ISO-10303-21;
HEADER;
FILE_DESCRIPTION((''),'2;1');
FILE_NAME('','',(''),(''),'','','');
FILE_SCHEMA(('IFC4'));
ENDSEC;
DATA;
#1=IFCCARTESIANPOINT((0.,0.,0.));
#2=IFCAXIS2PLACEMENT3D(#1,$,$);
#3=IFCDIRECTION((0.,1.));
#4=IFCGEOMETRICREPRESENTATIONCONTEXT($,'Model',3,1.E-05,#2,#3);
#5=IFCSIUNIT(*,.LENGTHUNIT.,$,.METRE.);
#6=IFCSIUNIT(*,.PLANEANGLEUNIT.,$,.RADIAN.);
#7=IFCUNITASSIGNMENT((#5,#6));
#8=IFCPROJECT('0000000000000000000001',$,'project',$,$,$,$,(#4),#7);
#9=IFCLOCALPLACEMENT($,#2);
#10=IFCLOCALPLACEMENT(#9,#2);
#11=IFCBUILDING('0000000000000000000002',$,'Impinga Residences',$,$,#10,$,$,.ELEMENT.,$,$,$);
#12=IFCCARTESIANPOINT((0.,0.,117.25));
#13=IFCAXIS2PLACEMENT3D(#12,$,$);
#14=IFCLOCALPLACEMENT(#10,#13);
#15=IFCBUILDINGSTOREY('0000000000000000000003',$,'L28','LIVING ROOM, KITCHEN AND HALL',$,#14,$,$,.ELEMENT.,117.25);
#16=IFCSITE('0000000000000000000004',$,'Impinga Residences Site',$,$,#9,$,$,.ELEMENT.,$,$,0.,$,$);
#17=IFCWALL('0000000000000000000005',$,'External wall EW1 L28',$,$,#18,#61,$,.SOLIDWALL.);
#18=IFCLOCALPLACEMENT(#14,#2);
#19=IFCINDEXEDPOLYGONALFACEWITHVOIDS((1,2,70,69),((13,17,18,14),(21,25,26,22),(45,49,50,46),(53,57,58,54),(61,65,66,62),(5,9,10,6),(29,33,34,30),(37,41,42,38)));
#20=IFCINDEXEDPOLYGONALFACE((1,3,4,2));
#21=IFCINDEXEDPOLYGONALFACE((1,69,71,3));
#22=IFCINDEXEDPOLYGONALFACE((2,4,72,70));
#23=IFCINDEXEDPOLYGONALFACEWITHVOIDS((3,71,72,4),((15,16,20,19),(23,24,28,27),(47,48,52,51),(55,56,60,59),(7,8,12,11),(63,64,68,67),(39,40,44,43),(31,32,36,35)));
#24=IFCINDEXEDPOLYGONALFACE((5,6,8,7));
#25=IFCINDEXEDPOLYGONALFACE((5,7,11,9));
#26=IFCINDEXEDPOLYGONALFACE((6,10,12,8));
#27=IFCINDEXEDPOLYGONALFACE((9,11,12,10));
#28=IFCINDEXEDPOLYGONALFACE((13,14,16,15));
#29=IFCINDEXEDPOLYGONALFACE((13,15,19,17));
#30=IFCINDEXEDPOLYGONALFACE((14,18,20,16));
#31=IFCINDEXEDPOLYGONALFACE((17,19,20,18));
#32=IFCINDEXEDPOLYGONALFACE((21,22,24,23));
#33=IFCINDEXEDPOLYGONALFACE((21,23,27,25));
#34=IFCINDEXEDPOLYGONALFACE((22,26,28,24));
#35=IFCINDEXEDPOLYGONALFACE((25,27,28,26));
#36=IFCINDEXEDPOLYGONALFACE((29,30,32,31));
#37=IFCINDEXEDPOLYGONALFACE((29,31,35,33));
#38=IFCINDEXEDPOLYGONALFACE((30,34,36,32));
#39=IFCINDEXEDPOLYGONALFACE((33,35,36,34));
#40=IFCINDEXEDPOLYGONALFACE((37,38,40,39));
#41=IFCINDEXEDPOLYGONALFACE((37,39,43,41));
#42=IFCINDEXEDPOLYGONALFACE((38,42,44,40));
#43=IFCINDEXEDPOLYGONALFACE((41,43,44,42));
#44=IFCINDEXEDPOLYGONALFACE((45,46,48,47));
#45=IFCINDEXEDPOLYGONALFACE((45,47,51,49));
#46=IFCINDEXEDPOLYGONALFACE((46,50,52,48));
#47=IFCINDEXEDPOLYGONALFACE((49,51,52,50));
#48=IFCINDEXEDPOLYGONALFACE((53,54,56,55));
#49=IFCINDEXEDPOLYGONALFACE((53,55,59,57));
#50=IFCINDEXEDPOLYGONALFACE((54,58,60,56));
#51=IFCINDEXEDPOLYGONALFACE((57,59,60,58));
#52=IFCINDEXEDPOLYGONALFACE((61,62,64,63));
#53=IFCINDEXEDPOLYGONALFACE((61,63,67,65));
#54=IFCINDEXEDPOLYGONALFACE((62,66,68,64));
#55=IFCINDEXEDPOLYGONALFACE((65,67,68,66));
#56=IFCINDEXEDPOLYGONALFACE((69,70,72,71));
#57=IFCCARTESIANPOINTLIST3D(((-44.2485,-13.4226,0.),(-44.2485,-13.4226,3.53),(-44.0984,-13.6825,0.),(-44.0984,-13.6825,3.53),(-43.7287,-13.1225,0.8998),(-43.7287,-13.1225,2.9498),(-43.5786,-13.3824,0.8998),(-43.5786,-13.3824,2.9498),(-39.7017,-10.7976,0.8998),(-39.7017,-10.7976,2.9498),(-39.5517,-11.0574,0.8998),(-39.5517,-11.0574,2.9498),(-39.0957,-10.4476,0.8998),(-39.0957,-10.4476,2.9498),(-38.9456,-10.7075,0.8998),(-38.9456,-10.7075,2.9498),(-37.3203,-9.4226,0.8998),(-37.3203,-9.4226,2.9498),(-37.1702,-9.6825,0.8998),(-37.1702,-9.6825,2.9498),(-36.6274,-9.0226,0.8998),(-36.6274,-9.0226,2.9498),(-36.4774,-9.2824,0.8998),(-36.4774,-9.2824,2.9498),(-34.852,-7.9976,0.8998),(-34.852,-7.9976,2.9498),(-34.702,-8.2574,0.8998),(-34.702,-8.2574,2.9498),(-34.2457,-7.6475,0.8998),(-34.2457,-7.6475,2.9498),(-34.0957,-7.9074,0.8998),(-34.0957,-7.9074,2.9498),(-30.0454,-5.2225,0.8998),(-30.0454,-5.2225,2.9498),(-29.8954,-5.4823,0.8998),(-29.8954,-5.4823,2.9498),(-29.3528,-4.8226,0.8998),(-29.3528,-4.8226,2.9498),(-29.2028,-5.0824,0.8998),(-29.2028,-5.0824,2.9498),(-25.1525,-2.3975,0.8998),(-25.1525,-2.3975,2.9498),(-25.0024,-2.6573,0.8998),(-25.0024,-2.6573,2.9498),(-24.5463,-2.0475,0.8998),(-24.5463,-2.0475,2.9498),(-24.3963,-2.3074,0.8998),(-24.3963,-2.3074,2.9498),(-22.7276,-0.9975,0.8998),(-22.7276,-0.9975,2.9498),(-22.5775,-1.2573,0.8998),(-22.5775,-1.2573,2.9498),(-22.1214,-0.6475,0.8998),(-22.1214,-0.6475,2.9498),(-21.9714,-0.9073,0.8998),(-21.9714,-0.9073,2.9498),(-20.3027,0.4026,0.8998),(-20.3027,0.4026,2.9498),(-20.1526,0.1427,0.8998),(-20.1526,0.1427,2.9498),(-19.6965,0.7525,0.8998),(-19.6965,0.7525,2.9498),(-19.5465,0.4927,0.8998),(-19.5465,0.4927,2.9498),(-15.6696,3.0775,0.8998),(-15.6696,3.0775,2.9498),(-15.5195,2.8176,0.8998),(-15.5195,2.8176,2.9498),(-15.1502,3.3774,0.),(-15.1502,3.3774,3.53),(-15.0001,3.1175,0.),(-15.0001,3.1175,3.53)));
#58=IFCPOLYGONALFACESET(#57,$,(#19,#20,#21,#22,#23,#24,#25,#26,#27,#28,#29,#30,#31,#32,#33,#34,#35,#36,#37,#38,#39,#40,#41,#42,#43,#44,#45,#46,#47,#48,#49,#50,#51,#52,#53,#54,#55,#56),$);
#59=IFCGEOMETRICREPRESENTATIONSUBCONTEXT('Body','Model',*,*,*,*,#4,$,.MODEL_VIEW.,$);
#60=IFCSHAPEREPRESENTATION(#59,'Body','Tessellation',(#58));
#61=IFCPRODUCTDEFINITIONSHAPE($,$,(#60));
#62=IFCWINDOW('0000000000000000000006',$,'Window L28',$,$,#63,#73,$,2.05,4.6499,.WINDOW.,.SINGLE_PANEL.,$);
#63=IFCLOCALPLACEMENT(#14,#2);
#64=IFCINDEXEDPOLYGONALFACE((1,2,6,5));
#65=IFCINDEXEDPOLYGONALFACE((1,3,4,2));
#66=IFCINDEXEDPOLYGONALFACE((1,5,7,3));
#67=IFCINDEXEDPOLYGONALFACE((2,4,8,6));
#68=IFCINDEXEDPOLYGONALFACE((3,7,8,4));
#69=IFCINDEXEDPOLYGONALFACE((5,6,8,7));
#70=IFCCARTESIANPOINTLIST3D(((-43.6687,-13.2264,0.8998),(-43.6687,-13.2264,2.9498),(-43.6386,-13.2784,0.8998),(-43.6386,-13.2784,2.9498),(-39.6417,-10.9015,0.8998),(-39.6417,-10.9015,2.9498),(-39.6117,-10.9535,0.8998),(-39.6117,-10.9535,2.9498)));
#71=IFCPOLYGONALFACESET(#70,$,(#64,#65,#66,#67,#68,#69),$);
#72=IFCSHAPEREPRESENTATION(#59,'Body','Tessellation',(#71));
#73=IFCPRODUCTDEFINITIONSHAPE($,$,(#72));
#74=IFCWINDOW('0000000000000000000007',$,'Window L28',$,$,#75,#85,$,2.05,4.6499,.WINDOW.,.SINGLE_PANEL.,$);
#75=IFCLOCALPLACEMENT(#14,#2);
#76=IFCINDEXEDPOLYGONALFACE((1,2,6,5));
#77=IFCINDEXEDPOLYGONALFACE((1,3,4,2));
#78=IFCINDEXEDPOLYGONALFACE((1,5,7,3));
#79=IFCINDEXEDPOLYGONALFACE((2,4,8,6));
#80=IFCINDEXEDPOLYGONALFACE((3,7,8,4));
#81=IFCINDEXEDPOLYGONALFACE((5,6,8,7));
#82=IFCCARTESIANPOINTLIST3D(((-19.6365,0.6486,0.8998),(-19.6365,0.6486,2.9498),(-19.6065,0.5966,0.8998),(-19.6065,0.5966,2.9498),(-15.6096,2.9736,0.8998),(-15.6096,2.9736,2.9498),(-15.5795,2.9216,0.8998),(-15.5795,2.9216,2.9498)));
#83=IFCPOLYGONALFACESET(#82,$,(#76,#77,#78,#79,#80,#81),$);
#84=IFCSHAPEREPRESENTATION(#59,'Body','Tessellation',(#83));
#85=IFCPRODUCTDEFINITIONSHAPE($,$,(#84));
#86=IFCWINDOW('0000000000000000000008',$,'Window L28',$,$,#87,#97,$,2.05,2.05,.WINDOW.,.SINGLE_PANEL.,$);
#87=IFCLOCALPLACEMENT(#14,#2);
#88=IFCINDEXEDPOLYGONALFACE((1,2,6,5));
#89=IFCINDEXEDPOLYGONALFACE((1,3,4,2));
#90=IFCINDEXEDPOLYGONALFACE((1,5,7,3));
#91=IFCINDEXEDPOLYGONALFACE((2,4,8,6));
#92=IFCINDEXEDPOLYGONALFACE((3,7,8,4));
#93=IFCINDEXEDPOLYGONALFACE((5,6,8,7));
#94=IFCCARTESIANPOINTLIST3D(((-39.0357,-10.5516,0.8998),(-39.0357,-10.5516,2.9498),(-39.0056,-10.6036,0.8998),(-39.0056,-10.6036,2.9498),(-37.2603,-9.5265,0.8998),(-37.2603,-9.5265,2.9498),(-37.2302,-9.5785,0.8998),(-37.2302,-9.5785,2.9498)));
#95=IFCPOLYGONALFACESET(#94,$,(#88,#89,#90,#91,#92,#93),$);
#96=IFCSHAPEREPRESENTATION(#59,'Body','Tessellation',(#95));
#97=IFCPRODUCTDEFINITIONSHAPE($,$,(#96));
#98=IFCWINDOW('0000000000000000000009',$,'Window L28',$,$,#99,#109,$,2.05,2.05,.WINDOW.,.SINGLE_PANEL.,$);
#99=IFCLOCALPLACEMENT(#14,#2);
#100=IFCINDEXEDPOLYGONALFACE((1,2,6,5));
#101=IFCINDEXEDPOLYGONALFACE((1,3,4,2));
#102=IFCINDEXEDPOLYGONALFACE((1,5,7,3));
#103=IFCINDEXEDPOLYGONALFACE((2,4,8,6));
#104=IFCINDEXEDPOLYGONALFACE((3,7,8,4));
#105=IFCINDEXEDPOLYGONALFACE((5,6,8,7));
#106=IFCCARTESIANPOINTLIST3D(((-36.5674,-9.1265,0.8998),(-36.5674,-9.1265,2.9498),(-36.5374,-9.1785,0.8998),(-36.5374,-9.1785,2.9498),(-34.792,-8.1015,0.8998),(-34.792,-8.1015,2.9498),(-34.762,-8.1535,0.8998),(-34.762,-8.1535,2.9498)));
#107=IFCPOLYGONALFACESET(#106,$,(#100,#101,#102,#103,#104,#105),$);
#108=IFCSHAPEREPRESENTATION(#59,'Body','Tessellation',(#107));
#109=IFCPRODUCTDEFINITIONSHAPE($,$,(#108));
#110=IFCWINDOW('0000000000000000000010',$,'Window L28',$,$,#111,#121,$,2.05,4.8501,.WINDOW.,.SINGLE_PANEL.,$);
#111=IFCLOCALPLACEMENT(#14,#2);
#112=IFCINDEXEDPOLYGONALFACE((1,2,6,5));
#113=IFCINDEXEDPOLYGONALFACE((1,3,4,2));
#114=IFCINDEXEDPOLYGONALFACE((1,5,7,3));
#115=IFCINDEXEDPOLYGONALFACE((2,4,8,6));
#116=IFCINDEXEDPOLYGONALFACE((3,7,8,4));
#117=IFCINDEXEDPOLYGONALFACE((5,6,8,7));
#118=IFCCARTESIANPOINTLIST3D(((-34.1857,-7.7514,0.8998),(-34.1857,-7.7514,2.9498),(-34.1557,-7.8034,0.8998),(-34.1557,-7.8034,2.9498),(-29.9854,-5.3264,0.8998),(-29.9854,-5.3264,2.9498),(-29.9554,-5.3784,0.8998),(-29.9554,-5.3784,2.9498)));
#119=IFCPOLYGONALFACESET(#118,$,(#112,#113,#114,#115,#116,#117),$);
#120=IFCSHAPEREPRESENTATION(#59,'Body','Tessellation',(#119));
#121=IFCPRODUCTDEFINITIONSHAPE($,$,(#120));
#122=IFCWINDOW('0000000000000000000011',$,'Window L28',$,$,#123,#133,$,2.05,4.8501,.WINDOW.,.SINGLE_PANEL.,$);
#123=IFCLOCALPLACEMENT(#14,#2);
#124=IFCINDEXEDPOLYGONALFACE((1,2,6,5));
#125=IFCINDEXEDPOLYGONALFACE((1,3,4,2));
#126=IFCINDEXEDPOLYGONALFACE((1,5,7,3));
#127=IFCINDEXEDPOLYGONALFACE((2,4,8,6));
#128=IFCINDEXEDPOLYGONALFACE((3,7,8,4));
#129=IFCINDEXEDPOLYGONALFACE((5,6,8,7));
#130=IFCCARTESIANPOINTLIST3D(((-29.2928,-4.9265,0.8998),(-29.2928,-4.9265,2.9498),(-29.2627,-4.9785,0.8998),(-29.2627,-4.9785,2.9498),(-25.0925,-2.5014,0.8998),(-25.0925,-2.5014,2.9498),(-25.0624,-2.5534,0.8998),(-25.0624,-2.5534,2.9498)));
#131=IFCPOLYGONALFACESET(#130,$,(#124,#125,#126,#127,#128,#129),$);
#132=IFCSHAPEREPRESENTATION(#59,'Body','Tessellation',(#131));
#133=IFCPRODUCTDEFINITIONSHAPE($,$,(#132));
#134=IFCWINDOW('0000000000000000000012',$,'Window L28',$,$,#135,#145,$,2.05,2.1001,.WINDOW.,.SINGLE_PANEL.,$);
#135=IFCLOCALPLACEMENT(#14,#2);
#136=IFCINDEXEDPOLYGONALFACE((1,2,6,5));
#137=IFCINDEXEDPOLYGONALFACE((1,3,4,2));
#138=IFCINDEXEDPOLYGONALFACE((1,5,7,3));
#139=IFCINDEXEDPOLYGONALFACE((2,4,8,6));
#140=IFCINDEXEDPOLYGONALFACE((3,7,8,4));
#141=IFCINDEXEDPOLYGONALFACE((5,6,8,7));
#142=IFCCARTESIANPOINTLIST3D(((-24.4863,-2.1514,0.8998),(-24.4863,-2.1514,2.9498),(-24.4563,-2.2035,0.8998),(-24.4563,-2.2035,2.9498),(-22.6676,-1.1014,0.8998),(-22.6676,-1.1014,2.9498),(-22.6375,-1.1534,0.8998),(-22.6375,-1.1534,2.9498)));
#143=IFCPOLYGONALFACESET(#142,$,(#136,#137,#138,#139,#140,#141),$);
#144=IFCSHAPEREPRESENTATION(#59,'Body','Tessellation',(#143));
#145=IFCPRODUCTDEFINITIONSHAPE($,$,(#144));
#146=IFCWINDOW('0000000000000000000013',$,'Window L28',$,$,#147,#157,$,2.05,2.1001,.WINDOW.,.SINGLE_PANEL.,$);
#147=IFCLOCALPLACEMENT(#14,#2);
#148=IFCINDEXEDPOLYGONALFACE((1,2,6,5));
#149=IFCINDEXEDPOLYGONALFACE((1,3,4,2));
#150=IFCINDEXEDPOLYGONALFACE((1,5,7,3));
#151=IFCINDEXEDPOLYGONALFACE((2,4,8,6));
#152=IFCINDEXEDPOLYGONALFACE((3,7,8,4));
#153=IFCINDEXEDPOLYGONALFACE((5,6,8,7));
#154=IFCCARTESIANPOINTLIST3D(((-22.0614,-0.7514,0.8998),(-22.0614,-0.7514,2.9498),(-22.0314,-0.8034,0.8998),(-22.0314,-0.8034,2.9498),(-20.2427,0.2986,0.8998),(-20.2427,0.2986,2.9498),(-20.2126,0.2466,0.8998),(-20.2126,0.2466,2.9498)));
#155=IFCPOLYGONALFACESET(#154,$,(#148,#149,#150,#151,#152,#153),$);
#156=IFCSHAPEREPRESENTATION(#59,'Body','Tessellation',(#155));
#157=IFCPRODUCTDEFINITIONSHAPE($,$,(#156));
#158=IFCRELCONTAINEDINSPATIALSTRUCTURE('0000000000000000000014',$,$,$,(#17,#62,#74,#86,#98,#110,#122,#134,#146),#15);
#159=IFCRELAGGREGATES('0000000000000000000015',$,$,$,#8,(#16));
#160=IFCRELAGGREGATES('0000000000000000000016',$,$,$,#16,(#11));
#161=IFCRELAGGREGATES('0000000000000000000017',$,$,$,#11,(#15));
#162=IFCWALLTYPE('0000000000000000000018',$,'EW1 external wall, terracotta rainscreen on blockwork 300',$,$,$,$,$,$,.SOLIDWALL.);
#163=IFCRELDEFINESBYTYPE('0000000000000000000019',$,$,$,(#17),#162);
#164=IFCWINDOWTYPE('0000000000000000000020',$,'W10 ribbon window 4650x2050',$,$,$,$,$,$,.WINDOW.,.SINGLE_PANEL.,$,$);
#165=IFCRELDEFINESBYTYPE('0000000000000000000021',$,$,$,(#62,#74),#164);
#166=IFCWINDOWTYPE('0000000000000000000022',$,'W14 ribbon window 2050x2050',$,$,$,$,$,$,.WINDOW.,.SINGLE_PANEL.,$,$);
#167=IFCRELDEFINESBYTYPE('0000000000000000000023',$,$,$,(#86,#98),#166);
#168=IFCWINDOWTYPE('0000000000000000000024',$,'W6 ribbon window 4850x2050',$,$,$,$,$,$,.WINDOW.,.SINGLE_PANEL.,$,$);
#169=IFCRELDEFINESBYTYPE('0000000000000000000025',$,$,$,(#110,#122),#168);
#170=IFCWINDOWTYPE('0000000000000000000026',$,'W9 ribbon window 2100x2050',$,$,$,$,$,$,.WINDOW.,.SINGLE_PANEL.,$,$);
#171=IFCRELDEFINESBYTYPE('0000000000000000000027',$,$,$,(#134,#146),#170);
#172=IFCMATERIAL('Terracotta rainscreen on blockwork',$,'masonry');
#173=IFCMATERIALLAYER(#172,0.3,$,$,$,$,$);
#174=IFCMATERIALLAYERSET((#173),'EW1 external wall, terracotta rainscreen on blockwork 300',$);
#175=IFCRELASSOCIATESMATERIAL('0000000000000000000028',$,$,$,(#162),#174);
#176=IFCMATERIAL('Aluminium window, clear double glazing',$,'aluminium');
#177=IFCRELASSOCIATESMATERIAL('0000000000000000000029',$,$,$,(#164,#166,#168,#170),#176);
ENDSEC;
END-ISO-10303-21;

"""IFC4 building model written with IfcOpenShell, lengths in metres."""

from ifc_helpers import new_model, si_unit, direction, frame, frame_2d, origin, place, context, subcontext, project, spatial, rectangle, extrude, material, layer, layer_set, type_object, element, fill, save


model = new_model("IFC4")

# Units and contexts
model_context = context("Model", 3, precision=1e-05, world=origin(), true_north=direction((0.0, 1.0)))
body_context = subcontext(model_context, "Body", "Model", "MODEL_VIEW")
ifc_project = project(units=[si_unit("LENGTHUNIT", "METRE"), si_unit("PLANEANGLEUNIT", "RADIAN")], contexts=[model_context])

# Site, building, storey
site_placement = place(None, origin())
site = spatial("IfcSite", under=ifc_project, at=site_placement, Name="Impinga Residences Site", CompositionType="ELEMENT", RefElevation=0.0)
building_placement = place(site_placement, origin())
building = spatial("IfcBuilding", under=site, at=building_placement, Name="Impinga Residences", CompositionType="ELEMENT")
storey_placement = place(building_placement, frame((0.0, 0.0, 117.25)))
storey = spatial("IfcBuildingStorey", under=building, at=storey_placement, Name="L28", Description="LIVING ROOM, KITCHEN AND HALL", CompositionType="ELEMENT", Elevation=117.25)

# Shared definitions
ifc_material_1 = material(Name="Terracotta rainscreen on blockwork", Category="masonry")
ifc_layer_1 = layer(ifc_material_1, 0.3)
ifc_layer_set_1 = layer_set([ifc_layer_1], Name="EW1 external wall, terracotta rainscreen on blockwork 300")
wall_type_1 = type_object("IfcWallType", Name="EW1 external wall, terracotta rainscreen on blockwork 300", PredefinedType="SOLIDWALL", material=ifc_layer_set_1)

# Wall, openings, windows
wall_1_placement = place(storey_placement, frame((-44.1733, -13.5525, 0.0), z_axis=(0.0, 0.0, 1.0), x_axis=(0.866024, 0.500002, 0.0)))
wall_1 = element("IfcWall", 1, at=wall_1_placement, inside=storey, type_object=wall_type_1, Name="External wall EW1 L28", PredefinedType="SOLIDWALL", context=body_context, shape_type="SweptSolid", body=[
    extrude(rectangle(XDim=33.5999, YDim=0.3, at=frame_2d((16.7998, 0.0))), origin(), (0.0, 0.0, 1.0), 3.53),
])
opening_1_placement = place(wall_1_placement, frame((0.6001, 0.0, 0.8999)))
opening_1 = element("IfcOpeningElement", 2, at=opening_1_placement, cuts=wall_1, PredefinedType="OPENING", context=body_context, shape_type="SweptSolid", body=[
    extrude(rectangle(XDim=4.6499, YDim=2.05, at=frame_2d((2.325, 1.0249))), frame((0.0, 0.1599, 0.0), z_axis=(0.0, -1.0, 0.0), x_axis=(1.0, 0.0, 0.0)), (0.0, 0.0, 1.0), 0.3201),
])
opening_2_placement = place(wall_1_placement, frame((5.95, 0.0, 0.8999)))
opening_2 = element("IfcOpeningElement", 3, at=opening_2_placement, cuts=wall_1, PredefinedType="OPENING", context=body_context, shape_type="SweptSolid", body=[
    extrude(rectangle(XDim=2.05, YDim=2.05, at=frame_2d((1.0249, 1.0249))), frame((0.0, 0.1599, 0.0), z_axis=(0.0, -1.0, 0.0), x_axis=(1.0, 0.0, 0.0)), (0.0, 0.0, 1.0), 0.3201),
])
opening_3_placement = place(wall_1_placement, frame((8.8, 0.0, 0.8999)))
opening_3 = element("IfcOpeningElement", 4, at=opening_3_placement, cuts=wall_1, PredefinedType="OPENING", context=body_context, shape_type="SweptSolid", body=[
    extrude(rectangle(XDim=2.05, YDim=2.05, at=frame_2d((1.0249, 1.0249))), frame((0.0, 0.1599, 0.0), z_axis=(0.0, -1.0, 0.0), x_axis=(1.0, 0.0, 0.0)), (0.0, 0.0, 1.0), 0.3201),
])
opening_4_placement = place(wall_1_placement, frame((11.55, 0.0, 0.8999)))
opening_4 = element("IfcOpeningElement", 5, at=opening_4_placement, cuts=wall_1, PredefinedType="OPENING", context=body_context, shape_type="SweptSolid", body=[
    extrude(rectangle(XDim=4.8501, YDim=2.05, at=frame_2d((2.425, 1.0249))), frame((0.0, 0.1599, 0.0), z_axis=(0.0, -1.0, 0.0), x_axis=(1.0, 0.0, 0.0)), (0.0, 0.0, 1.0), 0.3201),
])
opening_5_placement = place(wall_1_placement, frame((17.2, 0.0, 0.8999)))
opening_5 = element("IfcOpeningElement", 6, at=opening_5_placement, cuts=wall_1, PredefinedType="OPENING", context=body_context, shape_type="SweptSolid", body=[
    extrude(rectangle(XDim=4.8501, YDim=2.05, at=frame_2d((2.425, 1.0249))), frame((0.0, 0.1599, 0.0), z_axis=(0.0, -1.0, 0.0), x_axis=(1.0, 0.0, 0.0)), (0.0, 0.0, 1.0), 0.3201),
])
opening_6_placement = place(wall_1_placement, frame((22.75, 0.0, 0.8999)))
opening_6 = element("IfcOpeningElement", 7, at=opening_6_placement, cuts=wall_1, PredefinedType="OPENING", context=body_context, shape_type="SweptSolid", body=[
    extrude(rectangle(XDim=2.1001, YDim=2.05, at=frame_2d((1.05, 1.0249))), frame((0.0, 0.1599, 0.0), z_axis=(0.0, -1.0, 0.0), x_axis=(1.0, 0.0, 0.0)), (0.0, 0.0, 1.0), 0.3201),
])
opening_7_placement = place(wall_1_placement, frame((25.55, 0.0, 0.8999)))
opening_7 = element("IfcOpeningElement", 8, at=opening_7_placement, cuts=wall_1, PredefinedType="OPENING", context=body_context, shape_type="SweptSolid", body=[
    extrude(rectangle(XDim=2.1001, YDim=2.05, at=frame_2d((1.05, 1.0249))), frame((0.0, 0.1599, 0.0), z_axis=(0.0, -1.0, 0.0), x_axis=(1.0, 0.0, 0.0)), (0.0, 0.0, 1.0), 0.3201),
])
opening_8_placement = place(wall_1_placement, frame((28.3501, 0.0, 0.8999)))
opening_8 = element("IfcOpeningElement", 9, at=opening_8_placement, cuts=wall_1, PredefinedType="OPENING", context=body_context, shape_type="SweptSolid", body=[
    extrude(rectangle(XDim=4.6499, YDim=2.05, at=frame_2d((2.325, 1.0249))), frame((0.0, 0.1599, 0.0), z_axis=(0.0, -1.0, 0.0), x_axis=(1.0, 0.0, 0.0)), (0.0, 0.0, 1.0), 0.3201),
])
ifc_material_2 = material(Name="Aluminium window, clear double glazing", Category="aluminium")
window_type_1 = type_object("IfcWindowType", Name="W10 ribbon window 4650x2050", PartitioningType="SINGLE_PANEL", PredefinedType="WINDOW", material=ifc_material_2)
window_1_placement = place(opening_1_placement, origin())
window_1 = element("IfcWindow", 10, at=window_1_placement, inside=storey, type_object=window_type_1, Name="Window L28", OverallHeight=2.05, OverallWidth=4.6499, PartitioningType="SINGLE_PANEL", PredefinedType="WINDOW", context=body_context, shape_type="SweptSolid", body=[
    extrude(rectangle(XDim=4.6499, YDim=2.05, at=frame_2d((2.325, 1.0249))), frame((0.0, 0.03, 0.0), z_axis=(0.0, -1.0, 0.0), x_axis=(1.0, 0.0, 0.0)), (0.0, 0.0, 1.0), 0.0601),
])
fill(opening_1, window_1)
window_2_placement = place(opening_8_placement, origin())
window_2 = element("IfcWindow", 11, at=window_2_placement, inside=storey, type_object=window_type_1, Name="Window L28", OverallHeight=2.05, OverallWidth=4.6499, PartitioningType="SINGLE_PANEL", PredefinedType="WINDOW", context=body_context, shape_type="SweptSolid", body=[
    extrude(rectangle(XDim=4.6499, YDim=2.05, at=frame_2d((2.325, 1.0249))), frame((0.0, 0.03, 0.0), z_axis=(0.0, -1.0, 0.0), x_axis=(1.0, 0.0, 0.0)), (0.0, 0.0, 1.0), 0.0601),
])
fill(opening_8, window_2)
window_type_2 = type_object("IfcWindowType", Name="W14 ribbon window 2050x2050", PartitioningType="SINGLE_PANEL", PredefinedType="WINDOW", material=ifc_material_2)
window_3_placement = place(opening_2_placement, origin())
window_3 = element("IfcWindow", 12, at=window_3_placement, inside=storey, type_object=window_type_2, Name="Window L28", OverallHeight=2.05, OverallWidth=2.05, PartitioningType="SINGLE_PANEL", PredefinedType="WINDOW", context=body_context, shape_type="SweptSolid", body=[
    extrude(rectangle(XDim=2.05, YDim=2.05, at=frame_2d((1.0249, 1.0249))), frame((0.0, 0.03, 0.0), z_axis=(0.0, -1.0, 0.0), x_axis=(1.0, 0.0, 0.0)), (0.0, 0.0, 1.0), 0.0601),
])
fill(opening_2, window_3)
window_4_placement = place(opening_3_placement, origin())
window_4 = element("IfcWindow", 13, at=window_4_placement, inside=storey, type_object=window_type_2, Name="Window L28", OverallHeight=2.05, OverallWidth=2.05, PartitioningType="SINGLE_PANEL", PredefinedType="WINDOW", context=body_context, shape_type="SweptSolid", body=[
    extrude(rectangle(XDim=2.05, YDim=2.05, at=frame_2d((1.0249, 1.0249))), frame((0.0, 0.03, 0.0), z_axis=(0.0, -1.0, 0.0), x_axis=(1.0, 0.0, 0.0)), (0.0, 0.0, 1.0), 0.0601),
])
fill(opening_3, window_4)
window_type_3 = type_object("IfcWindowType", Name="W6 ribbon window 4850x2050", PartitioningType="SINGLE_PANEL", PredefinedType="WINDOW", material=ifc_material_2)
window_5_placement = place(opening_4_placement, origin())
window_5 = element("IfcWindow", 14, at=window_5_placement, inside=storey, type_object=window_type_3, Name="Window L28", OverallHeight=2.05, OverallWidth=4.8501, PartitioningType="SINGLE_PANEL", PredefinedType="WINDOW", context=body_context, shape_type="SweptSolid", body=[
    extrude(rectangle(XDim=4.8501, YDim=2.05, at=frame_2d((2.425, 1.0249))), frame((0.0, 0.03, 0.0), z_axis=(0.0, -1.0, 0.0), x_axis=(1.0, 0.0, 0.0)), (0.0, 0.0, 1.0), 0.0601),
])
fill(opening_4, window_5)
window_6_placement = place(opening_5_placement, origin())
window_6 = element("IfcWindow", 15, at=window_6_placement, inside=storey, type_object=window_type_3, Name="Window L28", OverallHeight=2.05, OverallWidth=4.8501, PartitioningType="SINGLE_PANEL", PredefinedType="WINDOW", context=body_context, shape_type="SweptSolid", body=[
    extrude(rectangle(XDim=4.8501, YDim=2.05, at=frame_2d((2.425, 1.0249))), frame((0.0, 0.03, 0.0), z_axis=(0.0, -1.0, 0.0), x_axis=(1.0, 0.0, 0.0)), (0.0, 0.0, 1.0), 0.0601),
])
fill(opening_5, window_6)
window_type_4 = type_object("IfcWindowType", Name="W9 ribbon window 2100x2050", PartitioningType="SINGLE_PANEL", PredefinedType="WINDOW", material=ifc_material_2)
window_7_placement = place(opening_6_placement, origin())
window_7 = element("IfcWindow", 16, at=window_7_placement, inside=storey, type_object=window_type_4, Name="Window L28", OverallHeight=2.05, OverallWidth=2.1001, PartitioningType="SINGLE_PANEL", PredefinedType="WINDOW", context=body_context, shape_type="SweptSolid", body=[
    extrude(rectangle(XDim=2.1001, YDim=2.05, at=frame_2d((1.05, 1.0249))), frame((0.0, 0.03, 0.0), z_axis=(0.0, -1.0, 0.0), x_axis=(1.0, 0.0, 0.0)), (0.0, 0.0, 1.0), 0.0601),
])
fill(opening_6, window_7)
window_8_placement = place(opening_7_placement, origin())
window_8 = element("IfcWindow", 17, at=window_8_placement, inside=storey, type_object=window_type_4, Name="Window L28", OverallHeight=2.05, OverallWidth=2.1001, PartitioningType="SINGLE_PANEL", PredefinedType="WINDOW", context=body_context, shape_type="SweptSolid", body=[
    extrude(rectangle(XDim=2.1001, YDim=2.05, at=frame_2d((1.05, 1.0249))), frame((0.0, 0.03, 0.0), z_axis=(0.0, -1.0, 0.0), x_axis=(1.0, 0.0, 0.0)), (0.0, 0.0, 1.0), 0.0601),
])
fill(opening_7, window_8)

save(model, "model.ifc")
